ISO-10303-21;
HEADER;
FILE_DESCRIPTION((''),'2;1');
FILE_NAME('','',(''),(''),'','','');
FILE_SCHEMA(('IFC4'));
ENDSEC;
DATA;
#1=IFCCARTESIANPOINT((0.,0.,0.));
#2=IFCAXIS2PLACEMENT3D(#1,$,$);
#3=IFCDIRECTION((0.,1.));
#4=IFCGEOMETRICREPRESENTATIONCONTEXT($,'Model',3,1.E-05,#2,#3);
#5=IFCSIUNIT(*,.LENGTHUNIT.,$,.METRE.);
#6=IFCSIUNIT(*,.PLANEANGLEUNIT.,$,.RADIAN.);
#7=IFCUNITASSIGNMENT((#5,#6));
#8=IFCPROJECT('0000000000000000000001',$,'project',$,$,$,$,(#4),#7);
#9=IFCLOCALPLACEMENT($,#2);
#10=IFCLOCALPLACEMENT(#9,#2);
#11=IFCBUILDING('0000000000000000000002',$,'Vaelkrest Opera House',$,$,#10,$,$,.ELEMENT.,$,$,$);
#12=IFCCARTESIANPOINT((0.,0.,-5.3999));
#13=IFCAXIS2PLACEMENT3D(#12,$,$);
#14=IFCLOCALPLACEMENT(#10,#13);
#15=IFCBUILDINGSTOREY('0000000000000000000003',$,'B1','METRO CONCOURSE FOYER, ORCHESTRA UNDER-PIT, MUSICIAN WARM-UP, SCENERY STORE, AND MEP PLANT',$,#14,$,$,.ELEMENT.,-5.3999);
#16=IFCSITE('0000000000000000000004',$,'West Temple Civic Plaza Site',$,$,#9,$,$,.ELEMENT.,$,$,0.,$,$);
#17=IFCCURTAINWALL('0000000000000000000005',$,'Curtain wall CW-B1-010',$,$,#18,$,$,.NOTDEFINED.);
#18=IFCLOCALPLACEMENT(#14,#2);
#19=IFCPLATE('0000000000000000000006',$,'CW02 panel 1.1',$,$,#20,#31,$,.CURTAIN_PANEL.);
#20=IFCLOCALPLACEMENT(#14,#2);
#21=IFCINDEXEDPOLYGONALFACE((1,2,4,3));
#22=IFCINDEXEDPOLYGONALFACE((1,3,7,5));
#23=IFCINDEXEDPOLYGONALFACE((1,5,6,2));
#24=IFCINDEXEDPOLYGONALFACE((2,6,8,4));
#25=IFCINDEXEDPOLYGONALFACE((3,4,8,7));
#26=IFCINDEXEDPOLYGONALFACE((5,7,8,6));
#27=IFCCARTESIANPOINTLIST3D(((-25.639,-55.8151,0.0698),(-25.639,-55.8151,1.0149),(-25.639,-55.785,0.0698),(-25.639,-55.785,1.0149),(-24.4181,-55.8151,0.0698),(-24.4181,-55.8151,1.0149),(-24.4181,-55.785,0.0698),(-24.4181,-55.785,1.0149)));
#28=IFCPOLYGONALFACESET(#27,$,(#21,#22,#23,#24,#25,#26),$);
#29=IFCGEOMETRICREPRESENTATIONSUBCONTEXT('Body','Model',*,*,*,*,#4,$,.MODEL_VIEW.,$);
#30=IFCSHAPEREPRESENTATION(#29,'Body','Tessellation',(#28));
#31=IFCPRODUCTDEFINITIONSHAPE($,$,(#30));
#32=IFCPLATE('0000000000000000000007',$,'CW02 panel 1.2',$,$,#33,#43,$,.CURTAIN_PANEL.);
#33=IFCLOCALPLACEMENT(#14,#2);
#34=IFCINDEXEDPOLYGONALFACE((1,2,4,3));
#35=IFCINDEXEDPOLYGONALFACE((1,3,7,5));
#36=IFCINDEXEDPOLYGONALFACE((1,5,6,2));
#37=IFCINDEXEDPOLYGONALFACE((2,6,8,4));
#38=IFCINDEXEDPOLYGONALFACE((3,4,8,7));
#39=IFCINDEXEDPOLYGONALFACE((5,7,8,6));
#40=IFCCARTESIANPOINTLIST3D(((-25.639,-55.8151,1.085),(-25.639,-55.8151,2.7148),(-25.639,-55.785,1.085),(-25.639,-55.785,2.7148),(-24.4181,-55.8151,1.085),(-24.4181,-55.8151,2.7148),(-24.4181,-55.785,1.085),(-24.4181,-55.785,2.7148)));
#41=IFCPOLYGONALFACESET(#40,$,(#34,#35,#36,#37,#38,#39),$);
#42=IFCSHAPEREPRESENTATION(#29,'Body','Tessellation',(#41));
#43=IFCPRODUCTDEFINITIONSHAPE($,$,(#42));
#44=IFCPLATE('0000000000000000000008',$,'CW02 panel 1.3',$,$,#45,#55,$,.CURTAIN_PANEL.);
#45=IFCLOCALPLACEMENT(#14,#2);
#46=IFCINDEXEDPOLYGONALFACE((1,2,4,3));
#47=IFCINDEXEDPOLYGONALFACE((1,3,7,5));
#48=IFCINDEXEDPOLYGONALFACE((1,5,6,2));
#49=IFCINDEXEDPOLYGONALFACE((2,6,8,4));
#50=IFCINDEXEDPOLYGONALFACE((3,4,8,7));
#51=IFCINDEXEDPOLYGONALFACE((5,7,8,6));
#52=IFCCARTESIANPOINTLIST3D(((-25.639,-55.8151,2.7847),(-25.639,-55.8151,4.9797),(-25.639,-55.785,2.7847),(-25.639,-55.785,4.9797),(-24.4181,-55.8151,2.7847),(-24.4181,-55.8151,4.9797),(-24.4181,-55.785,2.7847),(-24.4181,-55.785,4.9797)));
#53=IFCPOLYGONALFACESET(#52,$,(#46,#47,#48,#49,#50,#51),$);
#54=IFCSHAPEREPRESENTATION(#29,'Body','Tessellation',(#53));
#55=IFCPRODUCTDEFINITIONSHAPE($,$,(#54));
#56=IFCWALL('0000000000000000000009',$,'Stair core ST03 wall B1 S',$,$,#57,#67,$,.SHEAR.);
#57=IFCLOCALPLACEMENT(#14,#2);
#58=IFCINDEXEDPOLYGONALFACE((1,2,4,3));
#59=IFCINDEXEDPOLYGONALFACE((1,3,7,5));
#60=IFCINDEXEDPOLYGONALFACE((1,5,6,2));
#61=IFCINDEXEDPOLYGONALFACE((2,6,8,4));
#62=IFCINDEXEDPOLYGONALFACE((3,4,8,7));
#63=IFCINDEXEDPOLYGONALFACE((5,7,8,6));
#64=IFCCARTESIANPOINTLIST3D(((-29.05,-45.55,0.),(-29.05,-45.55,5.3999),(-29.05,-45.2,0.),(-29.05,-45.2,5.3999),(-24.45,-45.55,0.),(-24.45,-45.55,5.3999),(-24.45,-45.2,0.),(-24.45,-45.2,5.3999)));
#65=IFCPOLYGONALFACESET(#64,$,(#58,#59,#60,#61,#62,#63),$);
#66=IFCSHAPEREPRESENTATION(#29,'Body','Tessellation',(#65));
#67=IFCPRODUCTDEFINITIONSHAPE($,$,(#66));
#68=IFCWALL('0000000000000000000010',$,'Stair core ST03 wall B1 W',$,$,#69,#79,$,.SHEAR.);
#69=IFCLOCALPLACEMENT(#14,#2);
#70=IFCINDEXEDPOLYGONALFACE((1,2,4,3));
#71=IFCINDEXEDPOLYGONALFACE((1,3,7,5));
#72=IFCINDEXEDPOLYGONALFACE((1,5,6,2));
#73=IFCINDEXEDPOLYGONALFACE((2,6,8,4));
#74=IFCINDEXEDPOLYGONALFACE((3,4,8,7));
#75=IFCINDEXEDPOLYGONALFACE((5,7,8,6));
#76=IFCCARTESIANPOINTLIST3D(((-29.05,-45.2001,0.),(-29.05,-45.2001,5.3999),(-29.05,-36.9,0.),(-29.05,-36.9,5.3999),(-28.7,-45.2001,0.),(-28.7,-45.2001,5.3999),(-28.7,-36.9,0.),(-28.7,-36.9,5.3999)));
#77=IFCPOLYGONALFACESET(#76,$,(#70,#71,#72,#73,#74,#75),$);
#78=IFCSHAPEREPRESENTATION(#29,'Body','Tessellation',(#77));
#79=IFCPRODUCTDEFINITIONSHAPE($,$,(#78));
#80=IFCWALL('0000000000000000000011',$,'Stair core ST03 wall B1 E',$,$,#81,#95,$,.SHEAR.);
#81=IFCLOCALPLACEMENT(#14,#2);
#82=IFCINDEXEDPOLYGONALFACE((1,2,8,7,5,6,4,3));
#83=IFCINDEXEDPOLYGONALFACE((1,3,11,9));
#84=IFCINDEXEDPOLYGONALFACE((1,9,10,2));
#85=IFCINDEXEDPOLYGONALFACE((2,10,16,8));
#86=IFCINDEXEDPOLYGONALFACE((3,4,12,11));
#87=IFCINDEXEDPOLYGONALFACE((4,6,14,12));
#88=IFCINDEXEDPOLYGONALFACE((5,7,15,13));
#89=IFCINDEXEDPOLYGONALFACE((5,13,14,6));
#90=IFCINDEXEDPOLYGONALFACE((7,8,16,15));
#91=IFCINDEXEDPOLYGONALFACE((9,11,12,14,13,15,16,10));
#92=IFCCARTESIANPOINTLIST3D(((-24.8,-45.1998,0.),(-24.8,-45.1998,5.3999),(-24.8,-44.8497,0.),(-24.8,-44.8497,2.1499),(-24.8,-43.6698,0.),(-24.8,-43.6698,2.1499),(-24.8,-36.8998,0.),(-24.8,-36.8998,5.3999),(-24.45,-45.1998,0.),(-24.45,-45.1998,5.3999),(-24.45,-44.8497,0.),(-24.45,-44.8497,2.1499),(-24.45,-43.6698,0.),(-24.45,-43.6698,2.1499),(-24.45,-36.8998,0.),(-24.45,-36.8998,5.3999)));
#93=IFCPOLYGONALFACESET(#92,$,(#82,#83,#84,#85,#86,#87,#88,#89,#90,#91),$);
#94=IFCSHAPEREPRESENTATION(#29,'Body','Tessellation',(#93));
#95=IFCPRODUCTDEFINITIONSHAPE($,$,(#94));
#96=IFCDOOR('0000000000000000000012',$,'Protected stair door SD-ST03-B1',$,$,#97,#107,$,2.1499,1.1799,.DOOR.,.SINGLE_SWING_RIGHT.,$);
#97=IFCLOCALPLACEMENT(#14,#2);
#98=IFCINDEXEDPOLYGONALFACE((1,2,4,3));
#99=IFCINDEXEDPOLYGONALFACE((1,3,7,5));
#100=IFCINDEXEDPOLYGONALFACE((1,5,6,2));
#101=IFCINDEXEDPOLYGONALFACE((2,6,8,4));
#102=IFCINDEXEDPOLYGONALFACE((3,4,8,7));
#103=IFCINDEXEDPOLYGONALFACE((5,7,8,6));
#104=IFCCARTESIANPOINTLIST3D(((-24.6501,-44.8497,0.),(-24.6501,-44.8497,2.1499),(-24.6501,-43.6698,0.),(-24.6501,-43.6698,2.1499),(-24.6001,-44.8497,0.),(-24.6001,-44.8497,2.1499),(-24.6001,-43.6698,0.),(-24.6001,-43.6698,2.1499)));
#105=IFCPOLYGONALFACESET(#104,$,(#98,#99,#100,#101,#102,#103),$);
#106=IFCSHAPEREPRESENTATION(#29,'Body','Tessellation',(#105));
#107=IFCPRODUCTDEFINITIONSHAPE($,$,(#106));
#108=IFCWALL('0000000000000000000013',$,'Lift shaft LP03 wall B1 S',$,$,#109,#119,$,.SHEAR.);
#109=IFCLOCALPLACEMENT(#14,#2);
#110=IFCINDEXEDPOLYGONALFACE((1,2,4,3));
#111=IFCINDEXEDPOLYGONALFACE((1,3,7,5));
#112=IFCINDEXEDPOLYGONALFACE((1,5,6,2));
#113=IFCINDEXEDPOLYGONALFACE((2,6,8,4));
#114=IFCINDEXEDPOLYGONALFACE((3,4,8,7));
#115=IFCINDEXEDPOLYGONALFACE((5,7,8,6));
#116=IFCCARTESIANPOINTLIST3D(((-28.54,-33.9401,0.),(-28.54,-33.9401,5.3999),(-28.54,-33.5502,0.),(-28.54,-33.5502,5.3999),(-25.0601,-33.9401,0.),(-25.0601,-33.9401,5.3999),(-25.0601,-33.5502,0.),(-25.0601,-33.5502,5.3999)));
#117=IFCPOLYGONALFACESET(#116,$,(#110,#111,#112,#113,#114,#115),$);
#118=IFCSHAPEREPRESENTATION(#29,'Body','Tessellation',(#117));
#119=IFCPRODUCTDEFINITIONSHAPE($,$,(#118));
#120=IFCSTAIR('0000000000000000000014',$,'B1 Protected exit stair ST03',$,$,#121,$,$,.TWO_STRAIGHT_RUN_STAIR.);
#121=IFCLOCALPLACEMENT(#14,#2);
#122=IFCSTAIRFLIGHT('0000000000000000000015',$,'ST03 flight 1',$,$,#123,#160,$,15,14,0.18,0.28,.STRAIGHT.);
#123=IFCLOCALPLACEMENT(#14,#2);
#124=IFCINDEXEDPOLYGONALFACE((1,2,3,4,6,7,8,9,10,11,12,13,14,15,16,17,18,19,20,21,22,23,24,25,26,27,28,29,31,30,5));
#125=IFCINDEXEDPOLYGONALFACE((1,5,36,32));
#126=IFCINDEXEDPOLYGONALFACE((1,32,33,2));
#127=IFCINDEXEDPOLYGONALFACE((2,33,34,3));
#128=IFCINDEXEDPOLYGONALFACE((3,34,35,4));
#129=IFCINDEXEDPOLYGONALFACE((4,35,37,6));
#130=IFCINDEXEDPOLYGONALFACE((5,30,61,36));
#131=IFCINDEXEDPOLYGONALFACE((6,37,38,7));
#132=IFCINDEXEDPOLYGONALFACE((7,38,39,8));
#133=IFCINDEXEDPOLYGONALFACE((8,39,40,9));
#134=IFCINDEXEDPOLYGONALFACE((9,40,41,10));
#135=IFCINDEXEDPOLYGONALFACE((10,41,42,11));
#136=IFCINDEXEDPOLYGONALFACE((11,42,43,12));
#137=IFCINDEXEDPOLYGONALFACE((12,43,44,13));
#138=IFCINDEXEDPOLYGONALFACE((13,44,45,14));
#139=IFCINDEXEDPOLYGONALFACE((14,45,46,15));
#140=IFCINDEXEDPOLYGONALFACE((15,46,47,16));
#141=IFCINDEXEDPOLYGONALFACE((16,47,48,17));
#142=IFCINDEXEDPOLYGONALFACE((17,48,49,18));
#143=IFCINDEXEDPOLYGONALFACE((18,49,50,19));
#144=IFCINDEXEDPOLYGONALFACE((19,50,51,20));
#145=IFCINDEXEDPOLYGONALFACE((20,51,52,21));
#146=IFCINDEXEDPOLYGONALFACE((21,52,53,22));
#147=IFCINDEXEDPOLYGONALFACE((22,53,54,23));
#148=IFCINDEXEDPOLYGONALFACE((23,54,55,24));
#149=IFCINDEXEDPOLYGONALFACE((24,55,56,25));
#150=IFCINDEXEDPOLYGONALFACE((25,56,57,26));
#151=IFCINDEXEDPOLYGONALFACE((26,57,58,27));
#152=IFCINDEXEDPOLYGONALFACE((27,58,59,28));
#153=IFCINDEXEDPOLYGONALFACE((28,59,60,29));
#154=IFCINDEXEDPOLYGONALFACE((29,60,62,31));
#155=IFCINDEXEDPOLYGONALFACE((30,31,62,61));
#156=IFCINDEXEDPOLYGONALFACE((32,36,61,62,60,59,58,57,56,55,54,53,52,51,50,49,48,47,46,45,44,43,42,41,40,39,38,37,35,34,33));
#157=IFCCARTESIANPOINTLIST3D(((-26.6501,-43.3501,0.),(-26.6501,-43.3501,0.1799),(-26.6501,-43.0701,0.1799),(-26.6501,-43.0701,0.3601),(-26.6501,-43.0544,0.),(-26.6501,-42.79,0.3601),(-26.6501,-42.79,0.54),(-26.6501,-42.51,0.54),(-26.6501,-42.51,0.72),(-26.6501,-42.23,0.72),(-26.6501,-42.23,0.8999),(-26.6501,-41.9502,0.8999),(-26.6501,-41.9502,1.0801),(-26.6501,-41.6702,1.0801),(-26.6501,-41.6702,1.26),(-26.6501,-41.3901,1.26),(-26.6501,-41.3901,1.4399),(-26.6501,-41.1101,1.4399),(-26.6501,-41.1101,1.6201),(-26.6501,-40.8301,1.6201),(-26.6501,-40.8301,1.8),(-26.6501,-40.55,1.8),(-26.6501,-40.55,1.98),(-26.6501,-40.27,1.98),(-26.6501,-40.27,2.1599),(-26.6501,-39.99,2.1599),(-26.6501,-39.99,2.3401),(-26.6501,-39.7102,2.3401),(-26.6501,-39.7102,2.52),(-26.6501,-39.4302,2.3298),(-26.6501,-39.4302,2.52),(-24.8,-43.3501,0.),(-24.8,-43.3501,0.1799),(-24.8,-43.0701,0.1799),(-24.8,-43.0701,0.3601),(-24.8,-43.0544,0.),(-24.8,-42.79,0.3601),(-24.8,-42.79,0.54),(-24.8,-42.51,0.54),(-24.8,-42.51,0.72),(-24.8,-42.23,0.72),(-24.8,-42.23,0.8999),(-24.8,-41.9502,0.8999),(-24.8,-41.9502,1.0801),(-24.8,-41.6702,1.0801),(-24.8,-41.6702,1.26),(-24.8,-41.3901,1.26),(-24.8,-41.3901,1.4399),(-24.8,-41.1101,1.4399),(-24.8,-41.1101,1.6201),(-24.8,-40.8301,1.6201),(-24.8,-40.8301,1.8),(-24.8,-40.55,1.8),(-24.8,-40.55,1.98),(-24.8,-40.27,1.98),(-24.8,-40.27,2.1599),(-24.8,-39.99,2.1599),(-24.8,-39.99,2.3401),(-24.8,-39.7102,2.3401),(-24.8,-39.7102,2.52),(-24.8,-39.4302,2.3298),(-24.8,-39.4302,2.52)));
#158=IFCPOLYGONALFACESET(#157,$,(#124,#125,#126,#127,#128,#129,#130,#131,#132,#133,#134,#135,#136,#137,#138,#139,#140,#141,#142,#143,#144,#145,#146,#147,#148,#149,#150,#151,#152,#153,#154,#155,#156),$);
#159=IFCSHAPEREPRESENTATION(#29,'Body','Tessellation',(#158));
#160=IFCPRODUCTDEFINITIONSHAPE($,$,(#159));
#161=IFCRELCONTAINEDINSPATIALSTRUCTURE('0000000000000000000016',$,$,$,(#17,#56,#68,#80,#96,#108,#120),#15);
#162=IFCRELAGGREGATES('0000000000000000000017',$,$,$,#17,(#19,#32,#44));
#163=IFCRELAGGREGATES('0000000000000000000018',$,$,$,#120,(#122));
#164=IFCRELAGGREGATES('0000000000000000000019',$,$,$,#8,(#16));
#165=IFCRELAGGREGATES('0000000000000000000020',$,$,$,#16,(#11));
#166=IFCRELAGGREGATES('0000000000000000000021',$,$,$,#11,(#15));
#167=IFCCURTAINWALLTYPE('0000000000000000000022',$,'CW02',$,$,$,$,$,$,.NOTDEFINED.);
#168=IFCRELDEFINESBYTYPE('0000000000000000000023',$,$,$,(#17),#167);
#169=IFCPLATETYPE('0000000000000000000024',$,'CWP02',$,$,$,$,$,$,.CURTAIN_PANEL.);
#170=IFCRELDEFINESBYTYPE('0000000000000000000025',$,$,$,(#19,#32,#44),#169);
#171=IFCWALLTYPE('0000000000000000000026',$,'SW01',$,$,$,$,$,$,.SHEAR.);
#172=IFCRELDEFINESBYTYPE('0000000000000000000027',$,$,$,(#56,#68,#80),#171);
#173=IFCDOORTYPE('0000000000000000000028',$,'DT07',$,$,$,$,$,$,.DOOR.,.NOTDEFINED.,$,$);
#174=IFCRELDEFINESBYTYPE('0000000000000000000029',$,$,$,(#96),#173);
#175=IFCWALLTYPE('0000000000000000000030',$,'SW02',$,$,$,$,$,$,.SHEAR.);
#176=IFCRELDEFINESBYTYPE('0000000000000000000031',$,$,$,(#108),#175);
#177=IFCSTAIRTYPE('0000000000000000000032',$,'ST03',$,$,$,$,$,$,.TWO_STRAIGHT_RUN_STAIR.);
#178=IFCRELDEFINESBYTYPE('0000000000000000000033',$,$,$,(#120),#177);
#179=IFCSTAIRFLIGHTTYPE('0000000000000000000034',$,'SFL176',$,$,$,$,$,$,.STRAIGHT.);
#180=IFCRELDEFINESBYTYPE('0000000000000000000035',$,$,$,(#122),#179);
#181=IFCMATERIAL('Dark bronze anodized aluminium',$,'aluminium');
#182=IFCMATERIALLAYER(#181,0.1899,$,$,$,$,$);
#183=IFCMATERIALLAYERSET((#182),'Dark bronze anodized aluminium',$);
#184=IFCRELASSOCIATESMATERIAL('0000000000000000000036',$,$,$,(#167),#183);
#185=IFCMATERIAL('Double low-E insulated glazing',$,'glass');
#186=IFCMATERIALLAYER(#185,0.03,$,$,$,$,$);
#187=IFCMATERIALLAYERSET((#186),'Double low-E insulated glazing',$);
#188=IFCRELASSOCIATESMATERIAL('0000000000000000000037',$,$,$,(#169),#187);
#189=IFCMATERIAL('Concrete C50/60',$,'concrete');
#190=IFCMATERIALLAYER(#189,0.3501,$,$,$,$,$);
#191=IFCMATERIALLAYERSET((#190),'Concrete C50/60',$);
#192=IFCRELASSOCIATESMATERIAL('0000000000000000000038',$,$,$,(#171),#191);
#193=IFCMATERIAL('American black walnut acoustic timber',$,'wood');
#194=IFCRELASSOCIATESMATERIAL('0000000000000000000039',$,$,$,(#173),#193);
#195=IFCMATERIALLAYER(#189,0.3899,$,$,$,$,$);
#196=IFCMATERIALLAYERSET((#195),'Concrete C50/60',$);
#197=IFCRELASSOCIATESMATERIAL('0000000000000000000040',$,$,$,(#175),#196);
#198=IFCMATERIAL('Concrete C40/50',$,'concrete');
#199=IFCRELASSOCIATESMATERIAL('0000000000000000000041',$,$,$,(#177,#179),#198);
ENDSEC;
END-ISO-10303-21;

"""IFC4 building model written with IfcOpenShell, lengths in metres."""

from ifc_helpers import new_model, si_unit, direction, frame, frame_2d, origin, origin_2d, place, context, subcontext, project, spatial, polyline, rectangle, outline, extrude, material, layer, layer_set, type_object, element, fill, aggregate, save


model = new_model("IFC4")

# Units and contexts
model_context = context("Model", 3, precision=1e-05, world=origin(), true_north=direction((0.0, 1.0)))
body_context = subcontext(model_context, "Body", "Model", "MODEL_VIEW")
ifc_project = project(units=[si_unit("LENGTHUNIT", "METRE"), si_unit("PLANEANGLEUNIT", "RADIAN")], contexts=[model_context])

# Site, building, storey
site_placement = place(None, origin())
site = spatial("IfcSite", under=ifc_project, at=site_placement, Name="West Temple Civic Plaza Site", CompositionType="ELEMENT", RefElevation=0.0)
building_placement = place(site_placement, origin())
building = spatial("IfcBuilding", under=site, at=building_placement, Name="Vaelkrest Opera House", CompositionType="ELEMENT")
storey_placement = place(building_placement, frame((0.0, 0.0, -5.3999)))
storey = spatial("IfcBuildingStorey", under=building, at=storey_placement, Name="B1", Description="METRO CONCOURSE FOYER, ORCHESTRA UNDER-PIT, MUSICIAN WARM-UP, SCENERY STORE, AND MEP PLANT", CompositionType="ELEMENT", Elevation=-5.3999)

# Shared definitions
ifc_material_1 = material(Name="Concrete C40/50", Category="concrete")

# Curtain wall
ifc_material_2 = material(Name="Dark bronze anodized aluminium", Category="aluminium")
ifc_layer_1 = layer(ifc_material_2, 0.1899)
ifc_layer_set_1 = layer_set([ifc_layer_1], Name="Dark bronze anodized aluminium")
curtain_wall_type = type_object("IfcCurtainWallType", Name="CW02", PredefinedType="NOTDEFINED", material=ifc_layer_set_1)
curtain_wall_placement = place(storey_placement, origin())
curtain_wall = element("IfcCurtainWall", 1, at=curtain_wall_placement, inside=storey, type_object=curtain_wall_type, Name="Curtain wall CW-B1-010", PredefinedType="NOTDEFINED")

# Plates
ifc_material_3 = material(Name="Double low-E insulated glazing", Category="glass")
ifc_layer_2 = layer(ifc_material_3, 0.03)
ifc_layer_set_2 = layer_set([ifc_layer_2], Name="Double low-E insulated glazing")
plate_type = type_object("IfcPlateType", Name="CWP02", PredefinedType="CURTAIN_PANEL", material=ifc_layer_set_2)
plate_1_placement = place(storey_placement, frame((-25.0286, -55.8, 0.0698), z_axis=(0.0, 0.0, 1.0), x_axis=(-1.0, 0.0, 0.0)))
plate_1 = element("IfcPlate", 2, at=plate_1_placement, type_object=plate_type, Name="CW02 panel 1.1", PredefinedType="CURTAIN_PANEL", context=body_context, shape_type="SweptSolid", body=[
    extrude(rectangle(XDim=1.2209, YDim=0.03, at=origin_2d()), origin(), (0.0, 0.0, 1.0), 0.9451),
])
plate_2_placement = place(storey_placement, frame((-25.0286, -55.8, 1.085), z_axis=(0.0, 0.0, 1.0), x_axis=(-1.0, 0.0, 0.0)))
plate_2 = element("IfcPlate", 3, at=plate_2_placement, type_object=plate_type, Name="CW02 panel 1.2", PredefinedType="CURTAIN_PANEL", context=body_context, shape_type="SweptSolid", body=[
    extrude(rectangle(XDim=1.2209, YDim=0.03, at=origin_2d()), origin(), (0.0, 0.0, 1.0), 1.6299),
])
plate_3_placement = place(storey_placement, frame((-25.0286, -55.8, 2.7847), z_axis=(0.0, 0.0, 1.0), x_axis=(-1.0, 0.0, 0.0)))
plate_3 = element("IfcPlate", 4, at=plate_3_placement, type_object=plate_type, Name="CW02 panel 1.3", PredefinedType="CURTAIN_PANEL", context=body_context, shape_type="SweptSolid", body=[
    extrude(rectangle(XDim=1.2209, YDim=0.03, at=origin_2d()), origin(), (0.0, 0.0, 1.0), 2.1951),
])
aggregate(curtain_wall, [plate_1, plate_2, plate_3])

# Walls
ifc_material_4 = material(Name="Concrete C50/60", Category="concrete")
ifc_layer_3 = layer(ifc_material_4, 0.3501)
ifc_layer_set_3 = layer_set([ifc_layer_3], Name="Concrete C50/60")
wall_type_1 = type_object("IfcWallType", Name="SW01", PredefinedType="SHEAR", material=ifc_layer_set_3)
wall_1_placement = place(storey_placement, frame((-24.45, -45.375, 0.0), z_axis=(0.0, 0.0, 1.0), x_axis=(-1.0, 0.0, 0.0)))
element("IfcWall", 5, at=wall_1_placement, inside=storey, type_object=wall_type_1, Name="Stair core ST03 wall B1 S", PredefinedType="SHEAR", context=body_context, shape_type="SweptSolid", body=[
    extrude(rectangle(XDim=4.6001, YDim=0.3501, at=frame_2d((2.3, 0.0))), origin(), (0.0, 0.0, 1.0), 5.3999),
])
wall_2_placement = place(storey_placement, frame((-28.875, -45.2, 0.0), z_axis=(0.0, 0.0, 1.0), x_axis=(0.0, 1.0, 0.0)))
element("IfcWall", 6, at=wall_2_placement, inside=storey, type_object=wall_type_1, Name="Stair core ST03 wall B1 W", PredefinedType="SHEAR", context=body_context, shape_type="SweptSolid", body=[
    extrude(rectangle(XDim=8.3, YDim=0.3501, at=frame_2d((4.1499, 0.0))), origin(), (0.0, 0.0, 1.0), 5.3999),
])

# Wall, opening, door
wall_3_placement = place(storey_placement, frame((-24.625, -36.8999, 0.0), z_axis=(0.0, 0.0, 1.0), x_axis=(0.0, -1.0, 0.0)))
wall_3 = element("IfcWall", 7, at=wall_3_placement, inside=storey, type_object=wall_type_1, Name="Stair core ST03 wall B1 E", PredefinedType="SHEAR", context=body_context, shape_type="SweptSolid", body=[
    extrude(rectangle(XDim=8.3, YDim=0.3501, at=frame_2d((4.1499, 0.0))), origin(), (0.0, 0.0, 1.0), 5.3999),
])
opening_placement = place(wall_3_placement, frame((6.77, 0.0, 0.0)))
opening = element("IfcOpeningElement", 8, at=opening_placement, cuts=wall_3, PredefinedType="OPENING", context=body_context, shape_type="SweptSolid", body=[
    extrude(rectangle(XDim=1.1799, YDim=2.1499, at=frame_2d((0.5898, 1.075))), frame((0.0, 0.1851, 0.0), z_axis=(0.0, -1.0, 0.0), x_axis=(1.0, 0.0, 0.0)), (0.0, 0.0, 1.0), 0.3701),
])
ifc_material_5 = material(Name="American black walnut acoustic timber", Category="wood")
door_type = type_object("IfcDoorType", Name="DT07", OperationType="NOTDEFINED", PredefinedType="DOOR", material=ifc_material_5)
door_placement = place(opening_placement, origin())
door = element("IfcDoor", 9, at=door_placement, inside=storey, type_object=door_type, Name="Protected stair door SD-ST03-B1", OperationType="SINGLE_SWING_RIGHT", OverallHeight=2.1499, OverallWidth=1.1799, PredefinedType="DOOR", context=body_context, shape_type="SweptSolid", body=[
    extrude(rectangle(XDim=1.1799, YDim=2.1499, at=frame_2d((0.5898, 1.075))), frame((0.0, 0.0249, 0.0), z_axis=(0.0, -1.0, 0.0), x_axis=(1.0, 0.0, 0.0)), (0.0, 0.0, 1.0), 0.05),
])
fill(opening, door)

# Wall
ifc_layer_4 = layer(ifc_material_4, 0.3899)
ifc_layer_set_4 = layer_set([ifc_layer_4], Name="Concrete C50/60")
wall_type_2 = type_object("IfcWallType", Name="SW02", PredefinedType="SHEAR", material=ifc_layer_set_4)
wall_4_placement = place(storey_placement, frame((-25.0601, -33.7451, 0.0), z_axis=(0.0, 0.0, 1.0), x_axis=(-1.0, 0.0, 0.0)))
element("IfcWall", 10, at=wall_4_placement, inside=storey, type_object=wall_type_2, Name="Lift shaft LP03 wall B1 S", PredefinedType="SHEAR", context=body_context, shape_type="SweptSolid", body=[
    extrude(rectangle(XDim=3.48, YDim=0.3899, at=frame_2d((1.74, 0.0))), origin(), (0.0, 0.0, 1.0), 5.3999),
])

# Stair, stair flight
stair_type = type_object("IfcStairType", Name="ST03", PredefinedType="TWO_STRAIGHT_RUN_STAIR", material=ifc_material_1)
stair_placement = place(storey_placement, origin())
stair = element("IfcStair", 11, at=stair_placement, inside=storey, type_object=stair_type, Name="B1 Protected exit stair ST03", PredefinedType="TWO_STRAIGHT_RUN_STAIR")
stair_flight_type = type_object("IfcStairFlightType", Name="SFL176", PredefinedType="STRAIGHT", material=ifc_material_1)
stair_flight_1_placement = place(storey_placement, frame((-25.7251, -43.3501, 0.0), z_axis=(0.0, 0.0, 1.0), x_axis=(0.0, 1.0, 0.0)))
stair_flight_1 = element("IfcStairFlight", 12, at=stair_flight_1_placement, type_object=stair_flight_type, Name="ST03 flight 1", NumberOfRisers=15, NumberOfTreads=14, PredefinedType="STRAIGHT", RiserHeight=0.18, TreadLength=0.28, context=body_context, shape_type="SweptSolid", body=[
    extrude(outline(polyline([(0.0, 0.0), (0.0, 0.1799), (0.28, 0.1799), (0.28, 0.3601), (0.5601, 0.3601), (0.5601, 0.54), (0.8401, 0.54), (0.8401, 0.72), (1.1201, 0.72), (1.1201, 0.8999), (1.3999, 0.8999), (1.3999, 1.0801), (1.6799, 1.0801), (1.6799, 1.26), (1.96, 1.26), (1.96, 1.4399), (2.24, 1.4399), (2.24, 1.6201), (2.52, 1.6201), (2.52, 1.8), (2.8, 1.8), (2.8, 1.98), (3.0801, 1.98), (3.0801, 2.1599), (3.3601, 2.1599), (3.3601, 2.3401), (3.6399, 2.3401), (3.6399, 2.52), (3.9199, 2.52), (3.9199, 2.7), (3.9199, 2.3298), (0.2957, 0.0), (0.0, 0.0)])), frame((0.0, 0.925, 0.0), z_axis=(0.0, -1.0, 0.0), x_axis=(1.0, 0.0, 0.0)), (0.0, 0.0, 1.0), 1.8501),
])
aggregate(stair, [stair_flight_1])

save(model, "model.ifc")
